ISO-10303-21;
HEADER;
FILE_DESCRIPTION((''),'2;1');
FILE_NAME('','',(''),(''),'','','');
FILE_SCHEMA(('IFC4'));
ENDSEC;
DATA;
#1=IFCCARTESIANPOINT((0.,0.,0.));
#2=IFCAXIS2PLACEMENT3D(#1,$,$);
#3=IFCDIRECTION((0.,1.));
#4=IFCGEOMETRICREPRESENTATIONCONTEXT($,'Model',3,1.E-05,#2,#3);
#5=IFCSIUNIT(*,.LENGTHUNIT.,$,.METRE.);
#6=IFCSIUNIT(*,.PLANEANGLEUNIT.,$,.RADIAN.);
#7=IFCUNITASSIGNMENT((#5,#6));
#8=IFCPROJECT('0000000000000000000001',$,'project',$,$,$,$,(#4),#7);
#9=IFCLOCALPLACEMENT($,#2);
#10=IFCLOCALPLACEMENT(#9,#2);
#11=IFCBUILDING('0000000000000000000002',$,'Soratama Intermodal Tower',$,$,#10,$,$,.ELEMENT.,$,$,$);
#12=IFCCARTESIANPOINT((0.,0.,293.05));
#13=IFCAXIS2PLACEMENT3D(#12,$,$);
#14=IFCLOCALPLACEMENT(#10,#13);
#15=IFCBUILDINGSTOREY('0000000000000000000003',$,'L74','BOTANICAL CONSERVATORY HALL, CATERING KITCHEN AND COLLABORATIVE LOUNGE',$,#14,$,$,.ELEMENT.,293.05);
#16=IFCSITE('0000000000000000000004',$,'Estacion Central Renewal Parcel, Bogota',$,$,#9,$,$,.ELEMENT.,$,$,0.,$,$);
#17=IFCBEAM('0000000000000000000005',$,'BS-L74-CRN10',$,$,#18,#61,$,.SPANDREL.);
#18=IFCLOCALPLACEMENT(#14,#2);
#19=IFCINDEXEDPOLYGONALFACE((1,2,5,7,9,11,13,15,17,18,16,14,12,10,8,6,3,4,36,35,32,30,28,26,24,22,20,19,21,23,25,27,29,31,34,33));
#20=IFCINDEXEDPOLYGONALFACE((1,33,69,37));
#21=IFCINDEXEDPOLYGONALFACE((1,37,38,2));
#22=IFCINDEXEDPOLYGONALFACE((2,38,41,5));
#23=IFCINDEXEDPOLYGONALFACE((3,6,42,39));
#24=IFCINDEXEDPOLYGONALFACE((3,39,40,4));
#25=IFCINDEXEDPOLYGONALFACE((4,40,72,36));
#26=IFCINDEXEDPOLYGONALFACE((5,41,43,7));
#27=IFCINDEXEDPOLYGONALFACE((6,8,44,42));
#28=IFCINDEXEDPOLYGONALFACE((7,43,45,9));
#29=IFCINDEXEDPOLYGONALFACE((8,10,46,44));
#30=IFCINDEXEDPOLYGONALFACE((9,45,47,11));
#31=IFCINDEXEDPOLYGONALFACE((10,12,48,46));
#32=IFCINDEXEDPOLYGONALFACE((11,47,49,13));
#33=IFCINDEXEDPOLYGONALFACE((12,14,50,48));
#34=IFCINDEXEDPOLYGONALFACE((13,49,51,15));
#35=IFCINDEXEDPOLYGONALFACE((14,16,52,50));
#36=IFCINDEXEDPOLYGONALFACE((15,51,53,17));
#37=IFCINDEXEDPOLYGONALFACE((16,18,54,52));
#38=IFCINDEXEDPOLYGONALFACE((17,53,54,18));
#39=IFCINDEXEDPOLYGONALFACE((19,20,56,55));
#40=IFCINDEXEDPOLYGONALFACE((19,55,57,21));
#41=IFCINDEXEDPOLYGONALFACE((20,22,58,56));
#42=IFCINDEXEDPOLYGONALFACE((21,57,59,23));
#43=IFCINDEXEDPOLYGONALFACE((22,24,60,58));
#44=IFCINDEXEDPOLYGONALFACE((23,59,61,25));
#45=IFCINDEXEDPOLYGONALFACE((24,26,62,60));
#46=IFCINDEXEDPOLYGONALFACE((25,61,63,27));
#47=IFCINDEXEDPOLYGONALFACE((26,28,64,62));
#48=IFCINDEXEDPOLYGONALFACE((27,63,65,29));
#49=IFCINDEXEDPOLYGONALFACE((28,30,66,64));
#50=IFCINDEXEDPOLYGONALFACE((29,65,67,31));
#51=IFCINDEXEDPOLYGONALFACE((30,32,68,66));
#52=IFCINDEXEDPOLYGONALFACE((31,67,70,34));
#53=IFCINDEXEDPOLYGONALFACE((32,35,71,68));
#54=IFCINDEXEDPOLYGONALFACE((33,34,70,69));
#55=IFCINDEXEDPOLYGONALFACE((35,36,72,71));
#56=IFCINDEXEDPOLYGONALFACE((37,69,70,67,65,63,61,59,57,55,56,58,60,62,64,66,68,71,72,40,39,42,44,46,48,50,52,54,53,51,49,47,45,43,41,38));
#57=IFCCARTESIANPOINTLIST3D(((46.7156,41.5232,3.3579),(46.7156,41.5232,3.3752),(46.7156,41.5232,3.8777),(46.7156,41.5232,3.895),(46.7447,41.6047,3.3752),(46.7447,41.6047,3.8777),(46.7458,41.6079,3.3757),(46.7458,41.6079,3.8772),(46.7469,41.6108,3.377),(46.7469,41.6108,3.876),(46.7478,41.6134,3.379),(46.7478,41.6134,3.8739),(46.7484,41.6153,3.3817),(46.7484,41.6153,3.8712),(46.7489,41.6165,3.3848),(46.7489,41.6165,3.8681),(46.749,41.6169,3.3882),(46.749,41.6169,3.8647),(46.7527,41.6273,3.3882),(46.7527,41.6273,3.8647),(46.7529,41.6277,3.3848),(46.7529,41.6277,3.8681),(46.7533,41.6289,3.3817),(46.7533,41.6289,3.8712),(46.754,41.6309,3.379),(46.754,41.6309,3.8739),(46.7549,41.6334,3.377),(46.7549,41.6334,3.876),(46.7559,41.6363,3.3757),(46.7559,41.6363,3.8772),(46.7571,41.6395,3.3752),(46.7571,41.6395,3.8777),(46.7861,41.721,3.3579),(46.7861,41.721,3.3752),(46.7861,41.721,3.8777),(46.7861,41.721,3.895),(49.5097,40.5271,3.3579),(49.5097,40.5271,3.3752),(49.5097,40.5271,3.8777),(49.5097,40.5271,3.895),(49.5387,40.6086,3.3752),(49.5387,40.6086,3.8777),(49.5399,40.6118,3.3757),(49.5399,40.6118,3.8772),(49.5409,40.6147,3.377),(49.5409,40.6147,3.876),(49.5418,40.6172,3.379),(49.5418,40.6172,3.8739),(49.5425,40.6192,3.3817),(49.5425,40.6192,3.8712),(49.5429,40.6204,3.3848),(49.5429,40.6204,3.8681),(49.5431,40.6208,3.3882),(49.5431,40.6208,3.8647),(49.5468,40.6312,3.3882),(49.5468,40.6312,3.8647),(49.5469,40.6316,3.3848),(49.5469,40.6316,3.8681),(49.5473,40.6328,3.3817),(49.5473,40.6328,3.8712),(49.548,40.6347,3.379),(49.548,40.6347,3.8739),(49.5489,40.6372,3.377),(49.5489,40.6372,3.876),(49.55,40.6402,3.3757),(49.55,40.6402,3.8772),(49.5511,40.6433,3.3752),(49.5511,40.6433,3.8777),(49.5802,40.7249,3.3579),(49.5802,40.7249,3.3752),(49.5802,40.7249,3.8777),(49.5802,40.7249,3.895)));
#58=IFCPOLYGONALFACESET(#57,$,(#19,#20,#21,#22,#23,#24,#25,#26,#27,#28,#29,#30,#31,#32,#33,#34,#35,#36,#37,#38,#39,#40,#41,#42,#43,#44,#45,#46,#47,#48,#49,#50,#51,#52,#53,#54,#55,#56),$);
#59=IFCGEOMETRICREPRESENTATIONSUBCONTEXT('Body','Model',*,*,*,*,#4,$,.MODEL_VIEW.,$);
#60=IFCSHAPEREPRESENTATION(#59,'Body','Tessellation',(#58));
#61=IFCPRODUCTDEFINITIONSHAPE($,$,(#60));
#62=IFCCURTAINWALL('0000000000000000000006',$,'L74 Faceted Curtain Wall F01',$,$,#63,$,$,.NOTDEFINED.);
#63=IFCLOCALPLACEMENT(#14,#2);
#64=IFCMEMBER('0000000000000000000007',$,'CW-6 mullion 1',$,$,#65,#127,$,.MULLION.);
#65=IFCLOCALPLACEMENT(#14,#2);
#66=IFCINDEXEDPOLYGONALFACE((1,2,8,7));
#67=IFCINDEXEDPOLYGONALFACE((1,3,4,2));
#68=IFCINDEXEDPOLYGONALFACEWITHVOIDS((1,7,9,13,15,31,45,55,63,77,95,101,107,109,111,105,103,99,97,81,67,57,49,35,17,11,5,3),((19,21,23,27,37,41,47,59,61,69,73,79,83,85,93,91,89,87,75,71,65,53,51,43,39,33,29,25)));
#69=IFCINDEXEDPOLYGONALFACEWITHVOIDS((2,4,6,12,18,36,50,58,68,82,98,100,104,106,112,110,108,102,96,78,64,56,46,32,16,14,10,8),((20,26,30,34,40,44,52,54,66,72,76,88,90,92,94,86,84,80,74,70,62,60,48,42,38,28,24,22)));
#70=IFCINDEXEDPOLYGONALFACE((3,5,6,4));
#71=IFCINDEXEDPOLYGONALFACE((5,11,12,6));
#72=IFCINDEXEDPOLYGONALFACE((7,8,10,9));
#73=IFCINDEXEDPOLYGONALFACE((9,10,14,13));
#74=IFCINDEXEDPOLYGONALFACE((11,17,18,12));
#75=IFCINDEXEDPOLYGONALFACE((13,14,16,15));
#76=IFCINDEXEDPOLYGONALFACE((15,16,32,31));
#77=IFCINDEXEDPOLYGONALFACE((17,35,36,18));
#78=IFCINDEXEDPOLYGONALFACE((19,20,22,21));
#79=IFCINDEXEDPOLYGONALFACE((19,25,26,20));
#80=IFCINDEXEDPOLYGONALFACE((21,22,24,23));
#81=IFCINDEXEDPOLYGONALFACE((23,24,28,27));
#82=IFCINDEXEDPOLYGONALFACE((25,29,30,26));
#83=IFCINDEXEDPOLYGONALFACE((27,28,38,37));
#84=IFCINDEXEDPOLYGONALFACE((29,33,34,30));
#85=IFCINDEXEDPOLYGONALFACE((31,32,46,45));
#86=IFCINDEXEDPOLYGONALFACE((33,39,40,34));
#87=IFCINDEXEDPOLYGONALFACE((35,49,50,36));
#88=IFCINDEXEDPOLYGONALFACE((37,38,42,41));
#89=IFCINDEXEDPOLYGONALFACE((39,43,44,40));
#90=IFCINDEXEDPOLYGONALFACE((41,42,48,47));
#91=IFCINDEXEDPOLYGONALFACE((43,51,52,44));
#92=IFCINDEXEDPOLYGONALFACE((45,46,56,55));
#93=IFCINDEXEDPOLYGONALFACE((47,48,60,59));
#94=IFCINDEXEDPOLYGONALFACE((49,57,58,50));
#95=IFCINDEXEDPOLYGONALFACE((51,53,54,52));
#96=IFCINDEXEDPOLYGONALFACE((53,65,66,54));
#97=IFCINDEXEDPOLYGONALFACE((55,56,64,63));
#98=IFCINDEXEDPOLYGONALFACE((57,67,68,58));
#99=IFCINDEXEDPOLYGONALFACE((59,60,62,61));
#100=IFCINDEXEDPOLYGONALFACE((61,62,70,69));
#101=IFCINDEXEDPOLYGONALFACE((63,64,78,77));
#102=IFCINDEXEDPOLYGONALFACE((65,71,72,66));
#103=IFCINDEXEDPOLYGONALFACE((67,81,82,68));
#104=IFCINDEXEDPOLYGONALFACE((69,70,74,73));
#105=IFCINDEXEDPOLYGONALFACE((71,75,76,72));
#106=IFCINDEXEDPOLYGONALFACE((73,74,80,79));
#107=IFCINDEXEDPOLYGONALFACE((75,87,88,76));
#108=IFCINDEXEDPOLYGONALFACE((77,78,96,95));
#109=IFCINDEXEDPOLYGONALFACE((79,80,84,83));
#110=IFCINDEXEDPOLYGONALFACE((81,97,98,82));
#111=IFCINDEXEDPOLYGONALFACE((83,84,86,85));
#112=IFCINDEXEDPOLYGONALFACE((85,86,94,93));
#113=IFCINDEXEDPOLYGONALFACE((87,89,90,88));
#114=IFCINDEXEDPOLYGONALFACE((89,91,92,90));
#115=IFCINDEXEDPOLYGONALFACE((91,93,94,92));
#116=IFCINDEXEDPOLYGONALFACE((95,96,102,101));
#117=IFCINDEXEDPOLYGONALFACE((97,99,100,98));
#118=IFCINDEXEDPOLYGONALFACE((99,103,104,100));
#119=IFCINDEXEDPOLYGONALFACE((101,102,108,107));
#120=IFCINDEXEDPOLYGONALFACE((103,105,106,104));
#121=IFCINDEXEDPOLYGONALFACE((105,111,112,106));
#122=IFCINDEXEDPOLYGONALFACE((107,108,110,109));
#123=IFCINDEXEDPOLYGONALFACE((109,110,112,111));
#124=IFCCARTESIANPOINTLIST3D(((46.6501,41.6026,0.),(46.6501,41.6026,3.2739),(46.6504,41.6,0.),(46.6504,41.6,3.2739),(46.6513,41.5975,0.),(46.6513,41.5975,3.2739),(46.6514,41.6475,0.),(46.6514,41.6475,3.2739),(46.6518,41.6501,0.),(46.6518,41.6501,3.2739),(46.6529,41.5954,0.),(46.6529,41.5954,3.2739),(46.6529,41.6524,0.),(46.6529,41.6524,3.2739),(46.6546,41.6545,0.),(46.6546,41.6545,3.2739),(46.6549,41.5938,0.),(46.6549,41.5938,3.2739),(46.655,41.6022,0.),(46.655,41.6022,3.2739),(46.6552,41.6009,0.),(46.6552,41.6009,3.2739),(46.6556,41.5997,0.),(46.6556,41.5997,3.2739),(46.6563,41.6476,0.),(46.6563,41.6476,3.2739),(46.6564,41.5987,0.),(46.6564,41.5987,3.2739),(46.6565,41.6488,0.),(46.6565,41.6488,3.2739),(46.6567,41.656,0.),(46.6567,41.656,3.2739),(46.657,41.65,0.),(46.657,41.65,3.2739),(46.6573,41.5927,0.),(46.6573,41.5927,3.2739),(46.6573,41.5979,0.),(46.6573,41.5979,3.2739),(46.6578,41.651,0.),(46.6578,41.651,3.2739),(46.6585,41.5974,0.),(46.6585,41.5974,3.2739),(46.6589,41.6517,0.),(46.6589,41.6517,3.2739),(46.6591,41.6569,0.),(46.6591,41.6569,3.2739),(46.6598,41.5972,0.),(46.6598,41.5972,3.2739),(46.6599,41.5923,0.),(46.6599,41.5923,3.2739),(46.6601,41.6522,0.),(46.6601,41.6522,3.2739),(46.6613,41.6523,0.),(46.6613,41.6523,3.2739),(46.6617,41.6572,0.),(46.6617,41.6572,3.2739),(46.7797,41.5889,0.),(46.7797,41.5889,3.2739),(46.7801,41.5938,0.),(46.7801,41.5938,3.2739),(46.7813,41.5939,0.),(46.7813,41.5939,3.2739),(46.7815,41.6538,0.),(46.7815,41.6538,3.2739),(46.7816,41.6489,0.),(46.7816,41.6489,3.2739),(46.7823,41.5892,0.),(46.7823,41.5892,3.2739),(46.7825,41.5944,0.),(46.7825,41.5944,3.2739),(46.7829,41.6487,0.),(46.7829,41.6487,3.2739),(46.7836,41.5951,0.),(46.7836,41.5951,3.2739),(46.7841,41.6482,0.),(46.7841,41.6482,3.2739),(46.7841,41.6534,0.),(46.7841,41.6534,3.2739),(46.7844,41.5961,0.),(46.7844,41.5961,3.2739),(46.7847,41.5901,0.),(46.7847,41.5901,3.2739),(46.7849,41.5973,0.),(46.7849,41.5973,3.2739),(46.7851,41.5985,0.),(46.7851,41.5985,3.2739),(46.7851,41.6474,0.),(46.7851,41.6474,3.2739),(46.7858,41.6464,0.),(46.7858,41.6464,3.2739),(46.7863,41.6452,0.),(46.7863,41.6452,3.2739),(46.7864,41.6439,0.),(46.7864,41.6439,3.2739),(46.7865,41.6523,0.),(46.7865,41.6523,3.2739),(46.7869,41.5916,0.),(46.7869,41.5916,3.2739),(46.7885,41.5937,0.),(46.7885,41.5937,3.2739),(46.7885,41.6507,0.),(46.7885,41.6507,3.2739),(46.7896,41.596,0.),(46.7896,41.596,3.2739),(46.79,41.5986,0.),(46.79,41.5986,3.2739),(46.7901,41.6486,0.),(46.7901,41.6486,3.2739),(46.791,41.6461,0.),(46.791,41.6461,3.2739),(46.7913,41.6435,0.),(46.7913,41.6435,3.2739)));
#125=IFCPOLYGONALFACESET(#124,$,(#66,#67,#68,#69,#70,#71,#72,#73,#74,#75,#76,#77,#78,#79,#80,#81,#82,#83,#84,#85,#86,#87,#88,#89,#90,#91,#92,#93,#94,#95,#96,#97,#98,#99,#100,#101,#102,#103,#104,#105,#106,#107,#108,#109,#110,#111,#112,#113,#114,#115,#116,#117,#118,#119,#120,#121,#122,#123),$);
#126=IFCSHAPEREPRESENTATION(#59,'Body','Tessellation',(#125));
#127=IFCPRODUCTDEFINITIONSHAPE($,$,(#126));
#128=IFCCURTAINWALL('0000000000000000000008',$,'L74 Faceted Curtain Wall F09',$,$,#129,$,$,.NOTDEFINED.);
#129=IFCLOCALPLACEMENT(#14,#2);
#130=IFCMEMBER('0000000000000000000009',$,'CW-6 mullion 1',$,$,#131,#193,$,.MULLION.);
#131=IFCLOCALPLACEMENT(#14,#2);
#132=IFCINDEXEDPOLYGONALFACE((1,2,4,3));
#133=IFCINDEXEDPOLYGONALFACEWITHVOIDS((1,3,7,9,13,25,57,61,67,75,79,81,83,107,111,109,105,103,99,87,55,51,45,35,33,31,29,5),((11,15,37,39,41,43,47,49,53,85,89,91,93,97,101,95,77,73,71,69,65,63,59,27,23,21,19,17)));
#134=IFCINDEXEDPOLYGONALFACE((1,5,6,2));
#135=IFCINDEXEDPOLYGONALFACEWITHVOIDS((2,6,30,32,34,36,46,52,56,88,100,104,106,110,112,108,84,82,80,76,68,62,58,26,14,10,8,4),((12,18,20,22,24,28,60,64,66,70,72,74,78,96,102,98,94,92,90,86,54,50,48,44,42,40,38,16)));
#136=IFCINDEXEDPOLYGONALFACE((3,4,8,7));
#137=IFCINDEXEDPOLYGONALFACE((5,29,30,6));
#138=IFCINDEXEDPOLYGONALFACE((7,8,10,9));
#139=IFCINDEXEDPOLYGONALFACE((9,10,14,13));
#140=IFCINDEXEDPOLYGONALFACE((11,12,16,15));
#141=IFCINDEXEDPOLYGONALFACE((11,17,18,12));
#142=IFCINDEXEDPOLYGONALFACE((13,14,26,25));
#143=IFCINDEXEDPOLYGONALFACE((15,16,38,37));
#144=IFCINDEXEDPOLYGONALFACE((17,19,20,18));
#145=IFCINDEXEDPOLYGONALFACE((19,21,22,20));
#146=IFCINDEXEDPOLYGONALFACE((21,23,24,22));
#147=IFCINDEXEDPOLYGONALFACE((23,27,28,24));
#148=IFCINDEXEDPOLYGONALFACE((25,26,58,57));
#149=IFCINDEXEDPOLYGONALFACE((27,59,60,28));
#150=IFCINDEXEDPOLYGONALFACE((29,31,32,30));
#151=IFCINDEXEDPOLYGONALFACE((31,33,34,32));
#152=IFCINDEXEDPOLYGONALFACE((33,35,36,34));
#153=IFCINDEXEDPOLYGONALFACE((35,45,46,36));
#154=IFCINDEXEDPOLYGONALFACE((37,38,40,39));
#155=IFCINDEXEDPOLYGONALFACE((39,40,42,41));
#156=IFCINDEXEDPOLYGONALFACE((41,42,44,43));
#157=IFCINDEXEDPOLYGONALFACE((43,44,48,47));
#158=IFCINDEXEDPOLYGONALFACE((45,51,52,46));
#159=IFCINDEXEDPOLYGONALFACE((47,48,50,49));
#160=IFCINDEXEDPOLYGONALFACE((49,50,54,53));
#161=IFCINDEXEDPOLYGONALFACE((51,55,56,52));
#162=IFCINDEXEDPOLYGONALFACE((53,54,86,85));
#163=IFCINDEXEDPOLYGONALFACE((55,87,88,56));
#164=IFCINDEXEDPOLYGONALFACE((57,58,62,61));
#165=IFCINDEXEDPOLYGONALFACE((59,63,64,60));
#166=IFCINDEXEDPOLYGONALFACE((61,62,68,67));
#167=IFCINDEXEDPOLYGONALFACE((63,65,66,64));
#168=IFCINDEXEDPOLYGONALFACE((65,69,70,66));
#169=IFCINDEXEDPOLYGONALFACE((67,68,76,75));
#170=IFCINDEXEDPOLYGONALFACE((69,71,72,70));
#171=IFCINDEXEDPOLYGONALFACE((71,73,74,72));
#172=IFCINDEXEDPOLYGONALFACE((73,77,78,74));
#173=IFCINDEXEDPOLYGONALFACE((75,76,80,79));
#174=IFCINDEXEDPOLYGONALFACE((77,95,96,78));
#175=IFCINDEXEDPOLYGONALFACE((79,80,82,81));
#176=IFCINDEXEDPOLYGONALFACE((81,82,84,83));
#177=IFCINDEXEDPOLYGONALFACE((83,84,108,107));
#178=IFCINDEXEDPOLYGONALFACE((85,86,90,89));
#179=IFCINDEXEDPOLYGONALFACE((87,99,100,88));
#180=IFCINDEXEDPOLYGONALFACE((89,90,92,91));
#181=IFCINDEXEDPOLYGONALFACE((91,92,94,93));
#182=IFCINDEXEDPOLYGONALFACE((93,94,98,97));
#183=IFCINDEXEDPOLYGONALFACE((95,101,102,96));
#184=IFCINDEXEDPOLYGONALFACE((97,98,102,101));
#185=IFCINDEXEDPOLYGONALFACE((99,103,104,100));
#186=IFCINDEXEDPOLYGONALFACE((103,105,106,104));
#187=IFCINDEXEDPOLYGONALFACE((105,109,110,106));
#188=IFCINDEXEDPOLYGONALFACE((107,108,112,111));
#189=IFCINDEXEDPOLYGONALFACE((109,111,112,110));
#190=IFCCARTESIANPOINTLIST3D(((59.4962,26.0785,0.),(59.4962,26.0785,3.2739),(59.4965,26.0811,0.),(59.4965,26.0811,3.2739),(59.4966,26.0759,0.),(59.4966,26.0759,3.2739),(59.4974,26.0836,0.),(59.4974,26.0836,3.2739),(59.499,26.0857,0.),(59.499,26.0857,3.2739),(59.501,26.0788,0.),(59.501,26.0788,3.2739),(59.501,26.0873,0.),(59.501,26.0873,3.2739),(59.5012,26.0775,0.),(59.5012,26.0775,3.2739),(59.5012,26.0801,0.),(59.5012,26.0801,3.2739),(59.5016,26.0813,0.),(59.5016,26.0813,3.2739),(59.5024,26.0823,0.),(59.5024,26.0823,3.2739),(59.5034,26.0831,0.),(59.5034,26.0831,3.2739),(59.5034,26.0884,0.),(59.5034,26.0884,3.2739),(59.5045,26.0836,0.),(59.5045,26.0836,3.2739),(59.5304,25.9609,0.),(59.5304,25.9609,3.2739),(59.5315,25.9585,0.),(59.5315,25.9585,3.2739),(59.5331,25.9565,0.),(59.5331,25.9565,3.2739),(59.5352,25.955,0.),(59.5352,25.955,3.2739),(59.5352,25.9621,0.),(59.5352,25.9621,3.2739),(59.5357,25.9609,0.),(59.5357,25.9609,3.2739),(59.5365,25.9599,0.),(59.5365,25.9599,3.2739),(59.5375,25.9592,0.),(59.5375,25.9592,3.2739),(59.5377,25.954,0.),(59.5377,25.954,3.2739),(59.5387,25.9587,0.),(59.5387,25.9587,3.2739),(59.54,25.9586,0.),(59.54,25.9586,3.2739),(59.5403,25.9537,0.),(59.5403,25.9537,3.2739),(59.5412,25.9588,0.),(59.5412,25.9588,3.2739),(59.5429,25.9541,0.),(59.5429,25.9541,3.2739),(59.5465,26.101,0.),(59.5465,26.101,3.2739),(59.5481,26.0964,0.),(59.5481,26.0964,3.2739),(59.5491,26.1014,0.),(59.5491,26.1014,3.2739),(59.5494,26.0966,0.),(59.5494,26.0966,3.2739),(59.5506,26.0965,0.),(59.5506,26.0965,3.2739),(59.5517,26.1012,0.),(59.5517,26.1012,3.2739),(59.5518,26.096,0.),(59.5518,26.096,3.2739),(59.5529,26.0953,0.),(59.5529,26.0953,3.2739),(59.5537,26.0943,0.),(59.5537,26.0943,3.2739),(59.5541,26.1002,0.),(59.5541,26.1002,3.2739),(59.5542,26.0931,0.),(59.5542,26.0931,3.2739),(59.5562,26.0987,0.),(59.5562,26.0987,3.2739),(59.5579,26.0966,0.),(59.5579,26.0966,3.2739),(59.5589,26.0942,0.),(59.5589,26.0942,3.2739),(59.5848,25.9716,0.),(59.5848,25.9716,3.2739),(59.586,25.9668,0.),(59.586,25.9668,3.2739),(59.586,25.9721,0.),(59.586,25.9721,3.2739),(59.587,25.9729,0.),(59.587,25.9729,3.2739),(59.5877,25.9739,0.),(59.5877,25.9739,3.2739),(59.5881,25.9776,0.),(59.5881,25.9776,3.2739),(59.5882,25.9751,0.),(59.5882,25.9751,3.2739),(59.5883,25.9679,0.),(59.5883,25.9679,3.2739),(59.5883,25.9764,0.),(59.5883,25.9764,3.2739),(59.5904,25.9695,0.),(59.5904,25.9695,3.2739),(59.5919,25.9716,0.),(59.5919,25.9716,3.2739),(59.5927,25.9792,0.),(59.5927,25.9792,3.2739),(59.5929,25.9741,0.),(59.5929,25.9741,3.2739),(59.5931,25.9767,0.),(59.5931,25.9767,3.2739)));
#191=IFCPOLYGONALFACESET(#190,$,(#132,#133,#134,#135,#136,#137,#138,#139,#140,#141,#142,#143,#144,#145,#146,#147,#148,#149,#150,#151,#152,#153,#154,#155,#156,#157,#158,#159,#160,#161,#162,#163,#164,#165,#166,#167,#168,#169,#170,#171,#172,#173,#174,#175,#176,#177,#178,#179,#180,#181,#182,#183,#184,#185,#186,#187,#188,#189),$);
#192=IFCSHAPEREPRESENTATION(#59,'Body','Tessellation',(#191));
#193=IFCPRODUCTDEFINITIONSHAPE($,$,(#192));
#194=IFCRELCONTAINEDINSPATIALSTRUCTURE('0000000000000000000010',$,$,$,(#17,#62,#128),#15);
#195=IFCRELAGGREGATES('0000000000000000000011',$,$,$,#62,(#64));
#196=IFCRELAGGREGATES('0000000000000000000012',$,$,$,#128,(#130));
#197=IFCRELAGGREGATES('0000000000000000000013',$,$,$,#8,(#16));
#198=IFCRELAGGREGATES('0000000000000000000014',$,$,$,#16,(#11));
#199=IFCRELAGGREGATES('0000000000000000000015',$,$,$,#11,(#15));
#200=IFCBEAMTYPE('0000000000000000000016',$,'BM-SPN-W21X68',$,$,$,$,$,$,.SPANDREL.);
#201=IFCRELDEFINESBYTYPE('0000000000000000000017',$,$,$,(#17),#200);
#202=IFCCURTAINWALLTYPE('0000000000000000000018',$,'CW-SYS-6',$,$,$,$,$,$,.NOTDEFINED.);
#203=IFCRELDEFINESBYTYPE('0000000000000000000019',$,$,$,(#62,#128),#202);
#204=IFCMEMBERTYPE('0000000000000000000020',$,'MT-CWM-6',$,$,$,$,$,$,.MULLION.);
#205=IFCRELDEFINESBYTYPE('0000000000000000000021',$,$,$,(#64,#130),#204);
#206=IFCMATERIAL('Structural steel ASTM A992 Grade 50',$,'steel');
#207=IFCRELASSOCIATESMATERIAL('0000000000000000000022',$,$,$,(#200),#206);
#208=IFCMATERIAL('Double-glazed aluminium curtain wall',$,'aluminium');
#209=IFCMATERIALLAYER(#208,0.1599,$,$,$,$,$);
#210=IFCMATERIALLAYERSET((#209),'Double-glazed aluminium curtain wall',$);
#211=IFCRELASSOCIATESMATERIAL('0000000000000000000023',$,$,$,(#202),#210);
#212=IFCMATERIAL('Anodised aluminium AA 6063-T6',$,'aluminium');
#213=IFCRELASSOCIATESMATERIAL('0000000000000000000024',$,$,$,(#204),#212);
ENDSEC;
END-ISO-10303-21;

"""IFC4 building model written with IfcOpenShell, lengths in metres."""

from ifc_helpers import new_model, si_unit, direction, frame, origin, origin_2d, place, context, subcontext, project, spatial, hollow_rectangle, i_section, extrude, material, layer, layer_set, material_profile, profile_set, type_object, element, aggregate, save


model = new_model("IFC4")

# Units and contexts
model_context = context("Model", 3, precision=1e-05, world=origin(), true_north=direction((0.0, 1.0)))
body_context = subcontext(model_context, "Body", "Model", "MODEL_VIEW")
ifc_project = project(units=[si_unit("LENGTHUNIT", "METRE"), si_unit("PLANEANGLEUNIT", "RADIAN")], contexts=[model_context])

# Site, building, storey
site_placement = place(None, origin())
site = spatial("IfcSite", under=ifc_project, at=site_placement, Name="Estacion Central Renewal Parcel, Bogota", CompositionType="ELEMENT", RefElevation=0.0)
building_placement = place(site_placement, origin())
building = spatial("IfcBuilding", under=site, at=building_placement, Name="Soratama Intermodal Tower", CompositionType="ELEMENT")
storey_placement = place(building_placement, frame((0.0, 0.0, 293.05)))
storey = spatial("IfcBuildingStorey", under=building, at=storey_placement, Name="L74", Description="BOTANICAL CONSERVATORY HALL, CATERING KITCHEN AND COLLABORATIVE LOUNGE", CompositionType="ELEMENT", Elevation=293.05)

# Beam
ifc_material_1 = material(Name="Structural steel ASTM A992 Grade 50", Category="steel")
ifc_material_profile_1 = material_profile(ifc_material_1, i_section(OverallWidth=0.21, OverallDepth=0.5371, WebThickness=0.011, FlangeThickness=0.0173, FilletRadius=0.0129, at=origin_2d()), Name="W21X68")
ifc_profile_set_1 = profile_set([ifc_material_profile_1], Name="Structural steel ASTM A992 Grade 50")
beam_type_1 = type_object("IfcBeamType", Name="BM-SPN-W21X68", PredefinedType="SPANDREL", material=ifc_profile_set_1)
beam_1_placement = place(storey_placement, frame((49.5449, 40.626, 3.6265), z_axis=(-0.941928, 0.335815, 0.0), x_axis=(-0.335815, -0.941928, 0.0)))
element("IfcBeam", 1, at=beam_1_placement, inside=storey, type_object=beam_type_1, Name="BS-L74-CRN10", PredefinedType="SPANDREL", context=body_context, shape_type="SweptSolid", body=[
    extrude(i_section(OverallWidth=0.21, OverallDepth=0.5371, WebThickness=0.011, FlangeThickness=0.0173, FilletRadius=0.0129, at=origin_2d()), origin(), (0.0, 0.0, 1.0), 2.9663),
])

# Curtain wall, member
ifc_material_2 = material(Name="Double-glazed aluminium curtain wall", Category="aluminium")
ifc_layer_1 = layer(ifc_material_2, 0.1599)
ifc_layer_set_1 = layer_set([ifc_layer_1], Name="Double-glazed aluminium curtain wall")
curtain_wall_type = type_object("IfcCurtainWallType", Name="CW-SYS-6", PredefinedType="NOTDEFINED", material=ifc_layer_set_1)
curtain_wall_1_placement = place(storey_placement, origin())
curtain_wall_1 = element("IfcCurtainWall", 2, at=curtain_wall_1_placement, inside=storey, type_object=curtain_wall_type, Name="L74 Faceted Curtain Wall F01", PredefinedType="NOTDEFINED")
ifc_material_3 = material(Name="Anodised aluminium AA 6063-T6", Category="aluminium")
ifc_material_profile_2 = material_profile(ifc_material_3, hollow_rectangle(XDim=0.0649, YDim=0.1399, WallThickness=0.0049, InnerFilletRadius=0.0049, OuterFilletRadius=0.01, at=origin_2d()), Name="CWM140X65X5")
ifc_profile_set_2 = profile_set([ifc_material_profile_2], Name="Anodised aluminium AA 6063-T6")
member_type_1 = type_object("IfcMemberType", Name="MT-CWM-6", PredefinedType="MULLION", material=ifc_profile_set_2)
member_1_placement = place(storey_placement, frame((46.7207, 41.623, 0.0), z_axis=(0.0, 0.0, 1.0), x_axis=(-0.02828, -0.9996, 0.0)))
member_1 = element("IfcMember", 3, at=member_1_placement, type_object=member_type_1, Name="CW-6 mullion 1", PredefinedType="MULLION", context=body_context, shape_type="SweptSolid", body=[
    extrude(hollow_rectangle(XDim=0.0649, YDim=0.1399, WallThickness=0.0049, InnerFilletRadius=0.0049, OuterFilletRadius=0.01, at=origin_2d()), origin(), (0.0, 0.0, 1.0), 3.2739),
])
aggregate(curtain_wall_1, [member_1])

# Curtain wall, member
curtain_wall_2_placement = place(storey_placement, origin())
curtain_wall_2 = element("IfcCurtainWall", 4, at=curtain_wall_2_placement, inside=storey, type_object=curtain_wall_type, Name="L74 Faceted Curtain Wall F09", PredefinedType="NOTDEFINED")
member_2_placement = place(storey_placement, frame((59.5447, 26.0276, 0.0), z_axis=(0.0, 0.0, 1.0), x_axis=(-0.959414, -0.282003, 0.0)))
member_2 = element("IfcMember", 5, at=member_2_placement, type_object=member_type_1, Name="CW-6 mullion 1", PredefinedType="MULLION", context=body_context, shape_type="SweptSolid", body=[
    extrude(hollow_rectangle(XDim=0.0649, YDim=0.1399, WallThickness=0.0049, InnerFilletRadius=0.0049, OuterFilletRadius=0.01, at=origin_2d()), origin(), (0.0, 0.0, 1.0), 3.2739),
])

aggregate(curtain_wall_2, [member_2])

save(model, "model.ifc")
